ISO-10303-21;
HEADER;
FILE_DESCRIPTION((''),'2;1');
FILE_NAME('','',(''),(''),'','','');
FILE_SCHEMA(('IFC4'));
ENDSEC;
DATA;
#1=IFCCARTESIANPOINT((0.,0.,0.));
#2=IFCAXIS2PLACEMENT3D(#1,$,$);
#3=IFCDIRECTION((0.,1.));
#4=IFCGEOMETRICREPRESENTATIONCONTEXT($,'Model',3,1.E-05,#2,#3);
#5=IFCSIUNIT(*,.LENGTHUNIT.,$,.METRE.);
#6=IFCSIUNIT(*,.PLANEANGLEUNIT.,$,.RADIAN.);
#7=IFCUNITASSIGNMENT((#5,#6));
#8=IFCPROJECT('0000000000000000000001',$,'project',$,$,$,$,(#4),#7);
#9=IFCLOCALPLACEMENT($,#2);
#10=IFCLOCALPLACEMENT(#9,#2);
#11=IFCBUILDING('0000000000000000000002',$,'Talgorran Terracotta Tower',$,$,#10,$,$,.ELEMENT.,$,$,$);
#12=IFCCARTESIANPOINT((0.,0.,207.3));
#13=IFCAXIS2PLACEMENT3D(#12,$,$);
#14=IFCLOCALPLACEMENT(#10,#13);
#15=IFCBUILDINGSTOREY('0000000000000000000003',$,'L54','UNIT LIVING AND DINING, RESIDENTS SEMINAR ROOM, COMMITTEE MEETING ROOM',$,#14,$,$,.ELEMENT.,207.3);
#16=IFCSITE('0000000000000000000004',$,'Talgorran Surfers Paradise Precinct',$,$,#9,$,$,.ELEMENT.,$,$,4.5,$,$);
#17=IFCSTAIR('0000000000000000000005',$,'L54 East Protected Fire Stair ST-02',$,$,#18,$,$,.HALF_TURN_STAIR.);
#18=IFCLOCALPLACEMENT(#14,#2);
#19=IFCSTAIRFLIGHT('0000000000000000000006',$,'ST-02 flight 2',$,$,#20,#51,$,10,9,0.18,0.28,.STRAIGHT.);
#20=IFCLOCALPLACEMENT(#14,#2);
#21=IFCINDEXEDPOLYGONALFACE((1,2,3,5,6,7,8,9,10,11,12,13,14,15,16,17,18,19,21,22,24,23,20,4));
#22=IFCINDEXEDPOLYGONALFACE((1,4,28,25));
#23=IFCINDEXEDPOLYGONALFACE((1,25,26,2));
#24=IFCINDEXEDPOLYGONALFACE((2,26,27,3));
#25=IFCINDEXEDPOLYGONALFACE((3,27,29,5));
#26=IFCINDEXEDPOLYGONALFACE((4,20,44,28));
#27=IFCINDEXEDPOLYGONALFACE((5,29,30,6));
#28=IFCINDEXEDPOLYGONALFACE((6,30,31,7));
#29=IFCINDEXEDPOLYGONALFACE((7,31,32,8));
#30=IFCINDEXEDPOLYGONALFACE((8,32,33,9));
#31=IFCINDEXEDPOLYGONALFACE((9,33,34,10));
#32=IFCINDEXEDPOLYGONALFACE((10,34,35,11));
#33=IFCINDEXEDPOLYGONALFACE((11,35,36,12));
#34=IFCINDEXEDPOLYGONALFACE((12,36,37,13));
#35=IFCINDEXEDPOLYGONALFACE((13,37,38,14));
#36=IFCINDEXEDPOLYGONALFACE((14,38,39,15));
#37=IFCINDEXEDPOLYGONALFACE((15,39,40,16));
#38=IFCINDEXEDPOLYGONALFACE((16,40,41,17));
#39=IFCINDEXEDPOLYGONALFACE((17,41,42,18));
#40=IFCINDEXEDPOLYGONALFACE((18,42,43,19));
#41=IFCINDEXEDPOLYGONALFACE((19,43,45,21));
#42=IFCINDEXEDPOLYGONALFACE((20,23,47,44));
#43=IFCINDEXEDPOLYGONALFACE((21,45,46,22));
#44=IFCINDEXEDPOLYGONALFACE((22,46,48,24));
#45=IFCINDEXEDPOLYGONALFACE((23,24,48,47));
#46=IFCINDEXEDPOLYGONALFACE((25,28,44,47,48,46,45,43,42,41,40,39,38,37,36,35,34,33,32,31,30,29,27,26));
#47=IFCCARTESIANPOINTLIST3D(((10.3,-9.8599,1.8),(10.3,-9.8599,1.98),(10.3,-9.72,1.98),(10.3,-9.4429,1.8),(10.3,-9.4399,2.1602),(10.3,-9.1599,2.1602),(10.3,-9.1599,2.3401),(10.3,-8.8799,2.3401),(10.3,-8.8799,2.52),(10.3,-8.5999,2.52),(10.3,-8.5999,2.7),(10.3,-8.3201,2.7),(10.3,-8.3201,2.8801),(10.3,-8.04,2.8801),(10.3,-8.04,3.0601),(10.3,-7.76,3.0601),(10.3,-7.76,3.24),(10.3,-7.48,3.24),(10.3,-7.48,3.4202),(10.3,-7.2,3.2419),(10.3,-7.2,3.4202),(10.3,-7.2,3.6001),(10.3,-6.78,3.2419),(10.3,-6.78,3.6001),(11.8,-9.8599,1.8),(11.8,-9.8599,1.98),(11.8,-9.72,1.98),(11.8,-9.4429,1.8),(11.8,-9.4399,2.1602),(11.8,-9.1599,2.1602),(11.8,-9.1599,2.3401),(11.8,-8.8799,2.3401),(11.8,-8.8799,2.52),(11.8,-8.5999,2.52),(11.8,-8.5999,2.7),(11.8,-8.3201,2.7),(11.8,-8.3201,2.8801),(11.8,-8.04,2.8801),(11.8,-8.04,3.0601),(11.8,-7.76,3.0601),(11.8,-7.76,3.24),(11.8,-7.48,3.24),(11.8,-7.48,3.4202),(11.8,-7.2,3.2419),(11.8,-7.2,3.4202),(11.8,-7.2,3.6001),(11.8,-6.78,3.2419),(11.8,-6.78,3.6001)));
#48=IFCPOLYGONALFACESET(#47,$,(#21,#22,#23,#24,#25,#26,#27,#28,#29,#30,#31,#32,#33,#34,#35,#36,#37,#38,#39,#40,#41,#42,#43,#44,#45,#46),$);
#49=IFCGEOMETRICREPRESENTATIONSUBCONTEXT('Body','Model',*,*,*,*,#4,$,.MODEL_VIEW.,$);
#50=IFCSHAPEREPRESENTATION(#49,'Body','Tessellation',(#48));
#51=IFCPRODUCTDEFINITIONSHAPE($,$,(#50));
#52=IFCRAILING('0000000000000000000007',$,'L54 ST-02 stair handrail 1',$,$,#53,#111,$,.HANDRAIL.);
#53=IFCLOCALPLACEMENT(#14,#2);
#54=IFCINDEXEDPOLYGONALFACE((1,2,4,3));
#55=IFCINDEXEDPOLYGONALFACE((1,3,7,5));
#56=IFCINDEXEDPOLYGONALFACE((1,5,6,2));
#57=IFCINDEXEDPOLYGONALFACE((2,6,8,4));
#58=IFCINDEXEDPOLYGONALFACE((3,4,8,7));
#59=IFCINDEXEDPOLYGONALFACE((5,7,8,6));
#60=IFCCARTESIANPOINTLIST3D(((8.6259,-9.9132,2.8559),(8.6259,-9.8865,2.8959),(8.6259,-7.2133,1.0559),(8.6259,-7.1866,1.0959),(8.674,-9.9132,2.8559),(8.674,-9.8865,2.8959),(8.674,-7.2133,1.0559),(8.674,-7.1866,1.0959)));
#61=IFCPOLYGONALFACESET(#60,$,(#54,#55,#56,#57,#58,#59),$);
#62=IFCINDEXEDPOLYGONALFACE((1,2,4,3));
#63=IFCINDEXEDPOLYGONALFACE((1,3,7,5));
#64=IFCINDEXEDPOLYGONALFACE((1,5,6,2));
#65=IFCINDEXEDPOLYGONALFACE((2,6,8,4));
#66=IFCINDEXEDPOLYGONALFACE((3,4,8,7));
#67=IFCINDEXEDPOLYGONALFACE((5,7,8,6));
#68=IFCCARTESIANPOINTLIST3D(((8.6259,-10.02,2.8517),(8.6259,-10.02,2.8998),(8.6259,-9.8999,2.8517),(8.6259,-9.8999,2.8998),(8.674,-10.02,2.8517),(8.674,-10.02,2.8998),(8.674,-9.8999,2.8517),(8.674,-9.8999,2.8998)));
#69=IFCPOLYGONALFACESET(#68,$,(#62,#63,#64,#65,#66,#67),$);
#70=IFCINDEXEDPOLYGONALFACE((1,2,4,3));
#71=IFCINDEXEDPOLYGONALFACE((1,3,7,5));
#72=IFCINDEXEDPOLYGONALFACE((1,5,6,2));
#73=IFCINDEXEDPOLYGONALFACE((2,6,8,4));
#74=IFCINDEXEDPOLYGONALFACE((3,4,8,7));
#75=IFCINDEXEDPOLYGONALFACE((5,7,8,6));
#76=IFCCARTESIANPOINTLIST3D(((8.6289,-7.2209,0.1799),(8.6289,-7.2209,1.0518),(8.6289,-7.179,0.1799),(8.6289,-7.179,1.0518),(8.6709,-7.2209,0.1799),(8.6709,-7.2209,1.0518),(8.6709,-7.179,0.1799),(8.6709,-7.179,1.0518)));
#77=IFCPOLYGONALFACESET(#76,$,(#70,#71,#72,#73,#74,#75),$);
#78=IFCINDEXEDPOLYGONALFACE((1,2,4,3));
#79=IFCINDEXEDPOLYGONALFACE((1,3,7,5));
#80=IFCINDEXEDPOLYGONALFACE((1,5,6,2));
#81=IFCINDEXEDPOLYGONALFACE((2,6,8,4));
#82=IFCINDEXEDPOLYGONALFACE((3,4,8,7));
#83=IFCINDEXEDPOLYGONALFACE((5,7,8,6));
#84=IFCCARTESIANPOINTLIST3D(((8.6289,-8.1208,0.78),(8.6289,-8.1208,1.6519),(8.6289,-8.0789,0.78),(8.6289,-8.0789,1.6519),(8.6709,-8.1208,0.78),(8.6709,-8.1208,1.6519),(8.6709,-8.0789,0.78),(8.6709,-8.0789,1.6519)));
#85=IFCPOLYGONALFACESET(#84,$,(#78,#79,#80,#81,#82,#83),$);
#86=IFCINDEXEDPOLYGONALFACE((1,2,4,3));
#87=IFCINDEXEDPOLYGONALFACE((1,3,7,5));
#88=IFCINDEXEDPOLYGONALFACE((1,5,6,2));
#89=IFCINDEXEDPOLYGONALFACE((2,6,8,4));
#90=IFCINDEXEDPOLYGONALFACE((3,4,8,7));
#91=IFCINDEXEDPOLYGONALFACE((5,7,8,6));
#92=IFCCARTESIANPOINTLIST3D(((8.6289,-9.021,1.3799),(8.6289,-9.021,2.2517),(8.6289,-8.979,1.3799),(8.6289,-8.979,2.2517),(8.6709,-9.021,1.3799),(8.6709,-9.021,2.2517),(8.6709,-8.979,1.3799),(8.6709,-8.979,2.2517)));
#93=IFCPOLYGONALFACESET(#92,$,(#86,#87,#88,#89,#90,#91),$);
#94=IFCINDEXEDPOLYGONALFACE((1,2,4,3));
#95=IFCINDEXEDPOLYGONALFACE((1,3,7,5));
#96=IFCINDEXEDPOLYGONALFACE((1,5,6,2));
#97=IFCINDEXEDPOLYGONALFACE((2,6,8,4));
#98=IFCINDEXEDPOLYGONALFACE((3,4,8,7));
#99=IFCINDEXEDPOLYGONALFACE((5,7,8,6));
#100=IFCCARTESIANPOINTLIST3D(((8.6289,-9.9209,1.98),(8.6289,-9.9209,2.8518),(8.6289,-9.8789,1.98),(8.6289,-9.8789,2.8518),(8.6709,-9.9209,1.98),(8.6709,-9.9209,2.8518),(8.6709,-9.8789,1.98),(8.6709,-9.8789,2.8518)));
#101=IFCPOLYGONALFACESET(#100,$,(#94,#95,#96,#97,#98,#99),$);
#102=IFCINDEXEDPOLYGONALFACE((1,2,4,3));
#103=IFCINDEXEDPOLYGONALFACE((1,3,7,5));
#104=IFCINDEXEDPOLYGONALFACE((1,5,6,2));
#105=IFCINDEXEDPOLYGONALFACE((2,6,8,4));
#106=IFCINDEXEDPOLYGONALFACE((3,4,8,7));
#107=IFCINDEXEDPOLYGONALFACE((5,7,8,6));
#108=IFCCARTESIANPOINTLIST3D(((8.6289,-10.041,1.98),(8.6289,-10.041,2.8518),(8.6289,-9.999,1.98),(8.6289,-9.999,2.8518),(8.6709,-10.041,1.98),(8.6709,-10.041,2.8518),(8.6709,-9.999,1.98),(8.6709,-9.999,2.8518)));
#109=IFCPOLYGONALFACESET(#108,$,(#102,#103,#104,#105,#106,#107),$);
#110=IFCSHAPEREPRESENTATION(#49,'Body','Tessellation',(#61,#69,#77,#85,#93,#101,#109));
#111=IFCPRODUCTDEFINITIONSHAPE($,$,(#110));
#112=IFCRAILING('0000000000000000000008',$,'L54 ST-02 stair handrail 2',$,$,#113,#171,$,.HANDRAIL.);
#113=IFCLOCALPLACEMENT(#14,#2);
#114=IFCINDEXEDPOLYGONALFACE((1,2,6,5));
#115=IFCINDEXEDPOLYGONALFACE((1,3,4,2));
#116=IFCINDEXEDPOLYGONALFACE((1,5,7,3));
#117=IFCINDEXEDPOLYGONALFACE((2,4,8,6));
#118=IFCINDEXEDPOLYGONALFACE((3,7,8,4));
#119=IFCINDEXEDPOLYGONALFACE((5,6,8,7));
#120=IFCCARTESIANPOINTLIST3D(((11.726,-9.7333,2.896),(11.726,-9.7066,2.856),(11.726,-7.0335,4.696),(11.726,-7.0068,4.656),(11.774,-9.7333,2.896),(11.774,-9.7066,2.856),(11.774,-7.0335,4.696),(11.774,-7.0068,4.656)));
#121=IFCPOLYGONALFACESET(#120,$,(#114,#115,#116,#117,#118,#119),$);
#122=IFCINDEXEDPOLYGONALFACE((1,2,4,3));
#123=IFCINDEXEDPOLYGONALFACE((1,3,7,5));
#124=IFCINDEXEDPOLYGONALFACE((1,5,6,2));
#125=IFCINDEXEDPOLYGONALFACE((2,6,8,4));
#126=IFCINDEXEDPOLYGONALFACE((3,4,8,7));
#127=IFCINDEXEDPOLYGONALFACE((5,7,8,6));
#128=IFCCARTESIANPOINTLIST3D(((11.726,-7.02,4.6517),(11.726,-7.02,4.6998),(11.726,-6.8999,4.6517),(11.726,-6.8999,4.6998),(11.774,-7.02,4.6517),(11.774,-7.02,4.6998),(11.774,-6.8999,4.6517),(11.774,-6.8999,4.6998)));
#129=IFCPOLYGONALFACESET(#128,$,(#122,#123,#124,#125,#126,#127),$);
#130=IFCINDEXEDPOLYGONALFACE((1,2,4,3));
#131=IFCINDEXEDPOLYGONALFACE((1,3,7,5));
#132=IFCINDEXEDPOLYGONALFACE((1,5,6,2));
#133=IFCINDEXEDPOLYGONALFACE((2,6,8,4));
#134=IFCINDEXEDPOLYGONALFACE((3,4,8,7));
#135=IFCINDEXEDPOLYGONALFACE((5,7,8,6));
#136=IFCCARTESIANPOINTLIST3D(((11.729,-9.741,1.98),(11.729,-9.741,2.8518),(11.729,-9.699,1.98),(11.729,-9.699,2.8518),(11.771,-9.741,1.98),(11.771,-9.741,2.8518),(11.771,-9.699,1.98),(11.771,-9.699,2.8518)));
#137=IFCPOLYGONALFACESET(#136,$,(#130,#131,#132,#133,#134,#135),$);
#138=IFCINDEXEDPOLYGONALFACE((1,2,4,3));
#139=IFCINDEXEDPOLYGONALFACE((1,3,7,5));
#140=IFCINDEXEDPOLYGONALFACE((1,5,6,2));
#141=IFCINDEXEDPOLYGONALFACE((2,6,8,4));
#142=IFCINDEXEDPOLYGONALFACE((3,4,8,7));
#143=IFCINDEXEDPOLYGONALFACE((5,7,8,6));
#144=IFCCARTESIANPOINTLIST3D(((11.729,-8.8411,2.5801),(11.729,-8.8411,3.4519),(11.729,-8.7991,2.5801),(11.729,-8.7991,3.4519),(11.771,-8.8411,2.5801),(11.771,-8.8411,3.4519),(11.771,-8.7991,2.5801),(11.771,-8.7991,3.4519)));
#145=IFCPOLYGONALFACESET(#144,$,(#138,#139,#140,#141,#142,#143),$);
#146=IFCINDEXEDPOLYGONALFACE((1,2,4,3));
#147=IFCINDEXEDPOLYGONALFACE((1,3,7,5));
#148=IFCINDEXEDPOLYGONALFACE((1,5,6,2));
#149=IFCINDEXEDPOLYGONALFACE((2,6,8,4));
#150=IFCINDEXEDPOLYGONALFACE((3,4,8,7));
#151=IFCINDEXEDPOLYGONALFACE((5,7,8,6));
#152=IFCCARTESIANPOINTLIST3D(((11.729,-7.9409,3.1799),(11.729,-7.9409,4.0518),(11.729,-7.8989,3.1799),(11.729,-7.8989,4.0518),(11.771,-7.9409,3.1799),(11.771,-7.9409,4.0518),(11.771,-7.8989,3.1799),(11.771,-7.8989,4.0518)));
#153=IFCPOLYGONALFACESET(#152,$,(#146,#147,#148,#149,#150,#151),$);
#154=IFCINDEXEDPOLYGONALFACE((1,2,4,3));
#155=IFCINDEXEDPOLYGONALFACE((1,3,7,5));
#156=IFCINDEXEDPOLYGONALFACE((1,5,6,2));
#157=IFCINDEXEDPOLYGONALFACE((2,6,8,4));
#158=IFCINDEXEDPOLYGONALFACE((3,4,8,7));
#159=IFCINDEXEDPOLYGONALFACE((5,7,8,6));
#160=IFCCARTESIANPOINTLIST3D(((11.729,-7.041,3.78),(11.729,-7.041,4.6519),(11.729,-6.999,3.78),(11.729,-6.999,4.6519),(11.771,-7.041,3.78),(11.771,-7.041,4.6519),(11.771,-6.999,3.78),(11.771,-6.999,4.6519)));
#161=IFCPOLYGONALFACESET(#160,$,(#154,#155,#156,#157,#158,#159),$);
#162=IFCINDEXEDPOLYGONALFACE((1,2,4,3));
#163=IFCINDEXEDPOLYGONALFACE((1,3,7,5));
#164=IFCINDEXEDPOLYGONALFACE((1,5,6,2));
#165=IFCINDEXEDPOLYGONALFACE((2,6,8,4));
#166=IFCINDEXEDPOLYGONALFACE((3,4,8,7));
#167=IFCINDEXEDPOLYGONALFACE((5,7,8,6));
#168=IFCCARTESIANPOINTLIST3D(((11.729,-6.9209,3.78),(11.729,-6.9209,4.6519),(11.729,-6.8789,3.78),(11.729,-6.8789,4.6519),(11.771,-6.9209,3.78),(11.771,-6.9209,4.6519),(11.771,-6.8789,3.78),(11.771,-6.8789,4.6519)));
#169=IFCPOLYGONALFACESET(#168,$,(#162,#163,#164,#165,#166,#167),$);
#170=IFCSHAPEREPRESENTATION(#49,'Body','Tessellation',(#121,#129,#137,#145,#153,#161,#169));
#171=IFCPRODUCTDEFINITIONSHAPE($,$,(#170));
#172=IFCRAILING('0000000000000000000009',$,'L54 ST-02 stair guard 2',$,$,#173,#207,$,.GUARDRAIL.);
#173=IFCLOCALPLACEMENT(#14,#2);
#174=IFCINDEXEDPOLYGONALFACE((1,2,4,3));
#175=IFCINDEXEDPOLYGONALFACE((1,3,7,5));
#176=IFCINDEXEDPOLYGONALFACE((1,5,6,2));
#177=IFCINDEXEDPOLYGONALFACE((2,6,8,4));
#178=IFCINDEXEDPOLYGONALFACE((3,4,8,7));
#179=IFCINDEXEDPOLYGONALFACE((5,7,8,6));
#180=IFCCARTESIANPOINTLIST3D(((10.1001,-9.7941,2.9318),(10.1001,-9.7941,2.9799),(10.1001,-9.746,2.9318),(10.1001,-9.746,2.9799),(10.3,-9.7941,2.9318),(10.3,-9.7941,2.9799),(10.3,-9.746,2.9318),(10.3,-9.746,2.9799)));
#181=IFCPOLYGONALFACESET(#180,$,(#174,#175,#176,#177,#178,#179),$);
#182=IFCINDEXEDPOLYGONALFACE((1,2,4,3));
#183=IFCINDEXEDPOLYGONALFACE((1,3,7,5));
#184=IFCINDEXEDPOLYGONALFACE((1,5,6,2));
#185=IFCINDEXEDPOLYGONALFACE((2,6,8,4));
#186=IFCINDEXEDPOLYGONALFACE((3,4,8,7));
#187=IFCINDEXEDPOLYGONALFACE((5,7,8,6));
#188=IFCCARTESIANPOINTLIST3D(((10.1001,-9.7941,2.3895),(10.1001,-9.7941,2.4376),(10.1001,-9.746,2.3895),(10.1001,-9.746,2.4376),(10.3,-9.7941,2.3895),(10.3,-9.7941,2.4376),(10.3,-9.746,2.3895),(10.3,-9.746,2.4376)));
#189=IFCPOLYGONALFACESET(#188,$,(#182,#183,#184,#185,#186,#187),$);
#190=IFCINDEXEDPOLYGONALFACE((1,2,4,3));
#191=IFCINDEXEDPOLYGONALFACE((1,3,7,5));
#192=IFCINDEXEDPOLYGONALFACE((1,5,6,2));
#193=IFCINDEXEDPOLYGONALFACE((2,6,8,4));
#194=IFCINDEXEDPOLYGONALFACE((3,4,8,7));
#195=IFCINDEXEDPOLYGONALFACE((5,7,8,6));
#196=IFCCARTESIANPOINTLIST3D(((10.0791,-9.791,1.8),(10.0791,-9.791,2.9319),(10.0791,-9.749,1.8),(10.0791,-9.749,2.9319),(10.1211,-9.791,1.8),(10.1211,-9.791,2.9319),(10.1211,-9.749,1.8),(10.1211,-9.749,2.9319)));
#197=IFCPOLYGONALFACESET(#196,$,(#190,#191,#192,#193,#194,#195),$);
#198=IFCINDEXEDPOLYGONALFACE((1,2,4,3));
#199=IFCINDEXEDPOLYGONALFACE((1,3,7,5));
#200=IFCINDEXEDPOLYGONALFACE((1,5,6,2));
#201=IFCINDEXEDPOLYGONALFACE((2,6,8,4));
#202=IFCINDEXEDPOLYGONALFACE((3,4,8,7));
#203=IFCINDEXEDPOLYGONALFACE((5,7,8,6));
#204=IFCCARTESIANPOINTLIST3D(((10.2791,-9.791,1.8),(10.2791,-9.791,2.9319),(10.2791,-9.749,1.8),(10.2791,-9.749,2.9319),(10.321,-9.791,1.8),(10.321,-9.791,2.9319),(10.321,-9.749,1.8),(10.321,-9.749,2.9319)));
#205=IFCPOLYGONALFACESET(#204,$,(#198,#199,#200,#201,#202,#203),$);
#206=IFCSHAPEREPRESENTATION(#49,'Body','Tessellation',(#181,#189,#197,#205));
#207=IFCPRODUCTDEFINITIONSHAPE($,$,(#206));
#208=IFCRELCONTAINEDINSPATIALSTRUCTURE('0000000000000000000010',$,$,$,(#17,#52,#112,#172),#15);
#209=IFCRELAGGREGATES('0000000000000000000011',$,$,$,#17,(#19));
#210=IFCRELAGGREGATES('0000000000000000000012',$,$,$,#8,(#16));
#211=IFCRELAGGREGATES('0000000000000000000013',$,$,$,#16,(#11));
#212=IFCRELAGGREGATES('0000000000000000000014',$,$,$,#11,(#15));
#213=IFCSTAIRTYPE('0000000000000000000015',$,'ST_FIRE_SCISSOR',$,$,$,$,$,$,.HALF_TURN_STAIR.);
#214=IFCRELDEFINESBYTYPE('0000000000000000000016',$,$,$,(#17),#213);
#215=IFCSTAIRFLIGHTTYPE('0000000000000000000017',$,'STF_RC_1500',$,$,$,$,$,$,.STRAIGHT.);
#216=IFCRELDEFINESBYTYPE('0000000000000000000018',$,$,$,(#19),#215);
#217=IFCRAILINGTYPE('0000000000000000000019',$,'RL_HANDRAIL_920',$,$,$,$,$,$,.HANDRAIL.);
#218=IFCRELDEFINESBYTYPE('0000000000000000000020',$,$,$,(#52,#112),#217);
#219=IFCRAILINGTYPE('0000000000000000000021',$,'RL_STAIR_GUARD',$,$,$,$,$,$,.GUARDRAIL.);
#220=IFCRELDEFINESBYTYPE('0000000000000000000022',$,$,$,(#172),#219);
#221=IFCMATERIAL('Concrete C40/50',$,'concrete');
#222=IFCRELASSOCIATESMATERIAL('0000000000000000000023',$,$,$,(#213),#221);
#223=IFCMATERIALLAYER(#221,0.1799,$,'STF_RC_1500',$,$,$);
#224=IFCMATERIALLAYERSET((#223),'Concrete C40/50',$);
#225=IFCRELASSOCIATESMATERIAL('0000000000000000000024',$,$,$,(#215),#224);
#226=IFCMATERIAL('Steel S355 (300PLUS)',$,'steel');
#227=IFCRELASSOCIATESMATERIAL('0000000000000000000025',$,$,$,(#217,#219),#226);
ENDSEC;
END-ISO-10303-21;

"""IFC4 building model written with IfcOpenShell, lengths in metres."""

from ifc_helpers import new_model, si_unit, direction, frame, origin, origin_2d, place, context, subcontext, project, spatial, polyline, rectangle, outline, extrude, material, layer, layer_set, type_object, element, aggregate, save


model = new_model("IFC4")

# Units and contexts
model_context = context("Model", 3, precision=1e-05, world=origin(), true_north=direction((0.0, 1.0)))
body_context = subcontext(model_context, "Body", "Model", "MODEL_VIEW")
ifc_project = project(units=[si_unit("LENGTHUNIT", "METRE"), si_unit("PLANEANGLEUNIT", "RADIAN")], contexts=[model_context])

# Site, building, storey
site_placement = place(None, origin())
site = spatial("IfcSite", under=ifc_project, at=site_placement, Name="Talgorran Surfers Paradise Precinct", CompositionType="ELEMENT", RefElevation=4.5)
building_placement = place(site_placement, origin())
building = spatial("IfcBuilding", under=site, at=building_placement, Name="Talgorran Terracotta Tower", CompositionType="ELEMENT")
storey_placement = place(building_placement, frame((0.0, 0.0, 207.3)))
storey = spatial("IfcBuildingStorey", under=building, at=storey_placement, Name="L54", Description="UNIT LIVING AND DINING, RESIDENTS SEMINAR ROOM, COMMITTEE MEETING ROOM", CompositionType="ELEMENT", Elevation=207.3)

# Shared definitions
ifc_material_1 = material(Name="Steel S355 (300PLUS)", Category="steel")

# Stair, stair flight
ifc_material_2 = material(Name="Concrete C40/50", Category="concrete")
stair_type = type_object("IfcStairType", Name="ST_FIRE_SCISSOR", PredefinedType="HALF_TURN_STAIR", material=ifc_material_2)
stair_placement = place(storey_placement, origin())
stair = element("IfcStair", 1, at=stair_placement, inside=storey, type_object=stair_type, Name="L54 East Protected Fire Stair ST-02", PredefinedType="HALF_TURN_STAIR")
ifc_layer_1 = layer(ifc_material_2, 0.1799, Name="STF_RC_1500")
ifc_layer_set_1 = layer_set([ifc_layer_1], Name="Concrete C40/50")
stair_flight_type = type_object("IfcStairFlightType", Name="STF_RC_1500", PredefinedType="STRAIGHT", material=ifc_layer_set_1)
stair_flight_1_placement = place(storey_placement, frame((11.05, -9.72, 1.8), z_axis=(0.0, 0.0, 1.0), x_axis=(0.0, 1.0, 0.0)))
stair_flight_1 = element("IfcStairFlight", 2, at=stair_flight_1_placement, type_object=stair_flight_type, Name="ST-02 flight 2", NumberOfRisers=10, NumberOfTreads=9, PredefinedType="STRAIGHT", RiserHeight=0.18, TreadLength=0.28, context=body_context, shape_type="SweptSolid", body=[
    extrude(outline(polyline([(-0.1399, 0.0), (-0.1399, 0.1799), (0.0, 0.1799), (0.28, 0.3601), (0.5601, 0.3601), (0.5601, 0.54), (0.8401, 0.54), (0.8401, 0.72), (1.1201, 0.72), (1.1201, 0.8999), (1.3999, 0.8999), (1.3999, 1.0801), (1.6799, 1.0801), (1.6799, 1.26), (1.96, 1.26), (1.96, 1.4399), (2.24, 1.4399), (2.24, 1.6201), (2.52, 1.6201), (2.52, 1.8), (2.9399, 1.8), (2.9399, 1.4419), (2.52, 1.4419), (0.2771, 0.0), (-0.1399, 0.0)])), frame((0.0, 0.75, 0.0), z_axis=(0.0, -1.0, 0.0), x_axis=(1.0, 0.0, 0.0)), (0.0, 0.0, 1.0), 1.5),
])
aggregate(stair, [stair_flight_1])

# Railings
railing_type_1 = type_object("IfcRailingType", Name="RL_HANDRAIL_920", PredefinedType="HANDRAIL", material=ifc_material_1)
railing_1_placement = place(storey_placement, frame((8.6499, -7.2, 0.1799)))
element("IfcRailing", 3, at=railing_1_placement, inside=storey, type_object=railing_type_1, Name="L54 ST-02 stair handrail 1", PredefinedType="HANDRAIL", context=body_context, shape_type="SweptSolid", body=[
    extrude(rectangle(XDim=0.0481, YDim=0.0481, at=origin_2d()), frame((0.0, 0.0, 0.896), z_axis=(0.0, -0.832039, 0.554718), x_axis=(1.0, 0.0, 0.0)), (0.0, 0.0, 1.0), 3.2449),
    extrude(rectangle(XDim=0.0481, YDim=0.0481, at=origin_2d()), frame((0.0, -2.7, 2.6958), z_axis=(0.0, -1.0, 0.0), x_axis=(1.0, 0.0, 0.0)), (0.0, 0.0, 1.0), 0.1201),
    extrude(rectangle(XDim=0.042, YDim=0.042, at=origin_2d()), origin(), (0.0, 0.0, 1.0), 0.8718),
    extrude(rectangle(XDim=0.042, YDim=0.042, at=origin_2d()), frame((0.0, -0.8999, 0.6001)), (0.0, 0.0, 1.0), 0.8718),
    extrude(rectangle(XDim=0.042, YDim=0.042, at=origin_2d()), frame((0.0, -1.8, 1.2)), (0.0, 0.0, 1.0), 0.8718),
    extrude(rectangle(XDim=0.042, YDim=0.042, at=origin_2d()), frame((0.0, -2.7, 1.8)), (0.0, 0.0, 1.0), 0.8718),
    extrude(rectangle(XDim=0.042, YDim=0.042, at=origin_2d()), frame((0.0, -2.8201, 1.8)), (0.0, 0.0, 1.0), 0.8718),
])
railing_2_placement = place(storey_placement, frame((11.75, -9.72, 1.98)))
element("IfcRailing", 4, at=railing_2_placement, inside=storey, type_object=railing_type_1, Name="L54 ST-02 stair handrail 2", PredefinedType="HANDRAIL", context=body_context, shape_type="SweptSolid", body=[
    extrude(rectangle(XDim=0.0481, YDim=0.0481, at=origin_2d()), frame((0.0, 0.0, 0.896), z_axis=(0.0, 0.832039, 0.554718), x_axis=(-1.0, 0.0, 0.0)), (0.0, 0.0, 1.0), 3.2449),
    extrude(rectangle(XDim=0.0481, YDim=0.0481, at=origin_2d()), frame((0.0, 2.7, 2.6958), z_axis=(0.0, 1.0, 0.0), x_axis=(-1.0, 0.0, 0.0)), (0.0, 0.0, 1.0), 0.1201),
    extrude(rectangle(XDim=0.042, YDim=0.042, at=origin_2d()), origin(), (0.0, 0.0, 1.0), 0.8718),
    extrude(rectangle(XDim=0.042, YDim=0.042, at=origin_2d()), frame((0.0, 0.8999, 0.6001)), (0.0, 0.0, 1.0), 0.8718),
    extrude(rectangle(XDim=0.042, YDim=0.042, at=origin_2d()), frame((0.0, 1.8, 1.2)), (0.0, 0.0, 1.0), 0.8718),
    extrude(rectangle(XDim=0.042, YDim=0.042, at=origin_2d()), frame((0.0, 2.7, 1.8)), (0.0, 0.0, 1.0), 0.8718),
    extrude(rectangle(XDim=0.042, YDim=0.042, at=origin_2d()), frame((0.0, 2.8201, 1.8)), (0.0, 0.0, 1.0), 0.8718),
])
railing_type_2 = type_object("IfcRailingType", Name="RL_STAIR_GUARD", PredefinedType="GUARDRAIL", material=ifc_material_1)
railing_3_placement = place(storey_placement, frame((10.1001, -9.77, 1.8)))
element("IfcRailing", 5, at=railing_3_placement, inside=storey, type_object=railing_type_2, Name="L54 ST-02 stair guard 2", PredefinedType="GUARDRAIL", context=body_context, shape_type="SweptSolid", body=[
    extrude(rectangle(XDim=0.0481, YDim=0.0481, at=origin_2d()), frame((0.0, 0.0, 1.1558), z_axis=(1.0, 0.0, 0.0), x_axis=(0.0, 1.0, 0.0)), (0.0, 0.0, 1.0), 0.2),
    extrude(rectangle(XDim=0.0481, YDim=0.0481, at=origin_2d()), frame((0.0, 0.0, 0.6135), z_axis=(1.0, 0.0, 0.0), x_axis=(0.0, 1.0, 0.0)), (0.0, 0.0, 1.0), 0.2),
    extrude(rectangle(XDim=0.042, YDim=0.042, at=origin_2d()), origin(), (0.0, 0.0, 1.0), 1.1318),
    extrude(rectangle(XDim=0.042, YDim=0.042, at=origin_2d()), frame((0.2, 0.0, 0.0)), (0.0, 0.0, 1.0), 1.1318),
])

save(model, "model.ifc")
